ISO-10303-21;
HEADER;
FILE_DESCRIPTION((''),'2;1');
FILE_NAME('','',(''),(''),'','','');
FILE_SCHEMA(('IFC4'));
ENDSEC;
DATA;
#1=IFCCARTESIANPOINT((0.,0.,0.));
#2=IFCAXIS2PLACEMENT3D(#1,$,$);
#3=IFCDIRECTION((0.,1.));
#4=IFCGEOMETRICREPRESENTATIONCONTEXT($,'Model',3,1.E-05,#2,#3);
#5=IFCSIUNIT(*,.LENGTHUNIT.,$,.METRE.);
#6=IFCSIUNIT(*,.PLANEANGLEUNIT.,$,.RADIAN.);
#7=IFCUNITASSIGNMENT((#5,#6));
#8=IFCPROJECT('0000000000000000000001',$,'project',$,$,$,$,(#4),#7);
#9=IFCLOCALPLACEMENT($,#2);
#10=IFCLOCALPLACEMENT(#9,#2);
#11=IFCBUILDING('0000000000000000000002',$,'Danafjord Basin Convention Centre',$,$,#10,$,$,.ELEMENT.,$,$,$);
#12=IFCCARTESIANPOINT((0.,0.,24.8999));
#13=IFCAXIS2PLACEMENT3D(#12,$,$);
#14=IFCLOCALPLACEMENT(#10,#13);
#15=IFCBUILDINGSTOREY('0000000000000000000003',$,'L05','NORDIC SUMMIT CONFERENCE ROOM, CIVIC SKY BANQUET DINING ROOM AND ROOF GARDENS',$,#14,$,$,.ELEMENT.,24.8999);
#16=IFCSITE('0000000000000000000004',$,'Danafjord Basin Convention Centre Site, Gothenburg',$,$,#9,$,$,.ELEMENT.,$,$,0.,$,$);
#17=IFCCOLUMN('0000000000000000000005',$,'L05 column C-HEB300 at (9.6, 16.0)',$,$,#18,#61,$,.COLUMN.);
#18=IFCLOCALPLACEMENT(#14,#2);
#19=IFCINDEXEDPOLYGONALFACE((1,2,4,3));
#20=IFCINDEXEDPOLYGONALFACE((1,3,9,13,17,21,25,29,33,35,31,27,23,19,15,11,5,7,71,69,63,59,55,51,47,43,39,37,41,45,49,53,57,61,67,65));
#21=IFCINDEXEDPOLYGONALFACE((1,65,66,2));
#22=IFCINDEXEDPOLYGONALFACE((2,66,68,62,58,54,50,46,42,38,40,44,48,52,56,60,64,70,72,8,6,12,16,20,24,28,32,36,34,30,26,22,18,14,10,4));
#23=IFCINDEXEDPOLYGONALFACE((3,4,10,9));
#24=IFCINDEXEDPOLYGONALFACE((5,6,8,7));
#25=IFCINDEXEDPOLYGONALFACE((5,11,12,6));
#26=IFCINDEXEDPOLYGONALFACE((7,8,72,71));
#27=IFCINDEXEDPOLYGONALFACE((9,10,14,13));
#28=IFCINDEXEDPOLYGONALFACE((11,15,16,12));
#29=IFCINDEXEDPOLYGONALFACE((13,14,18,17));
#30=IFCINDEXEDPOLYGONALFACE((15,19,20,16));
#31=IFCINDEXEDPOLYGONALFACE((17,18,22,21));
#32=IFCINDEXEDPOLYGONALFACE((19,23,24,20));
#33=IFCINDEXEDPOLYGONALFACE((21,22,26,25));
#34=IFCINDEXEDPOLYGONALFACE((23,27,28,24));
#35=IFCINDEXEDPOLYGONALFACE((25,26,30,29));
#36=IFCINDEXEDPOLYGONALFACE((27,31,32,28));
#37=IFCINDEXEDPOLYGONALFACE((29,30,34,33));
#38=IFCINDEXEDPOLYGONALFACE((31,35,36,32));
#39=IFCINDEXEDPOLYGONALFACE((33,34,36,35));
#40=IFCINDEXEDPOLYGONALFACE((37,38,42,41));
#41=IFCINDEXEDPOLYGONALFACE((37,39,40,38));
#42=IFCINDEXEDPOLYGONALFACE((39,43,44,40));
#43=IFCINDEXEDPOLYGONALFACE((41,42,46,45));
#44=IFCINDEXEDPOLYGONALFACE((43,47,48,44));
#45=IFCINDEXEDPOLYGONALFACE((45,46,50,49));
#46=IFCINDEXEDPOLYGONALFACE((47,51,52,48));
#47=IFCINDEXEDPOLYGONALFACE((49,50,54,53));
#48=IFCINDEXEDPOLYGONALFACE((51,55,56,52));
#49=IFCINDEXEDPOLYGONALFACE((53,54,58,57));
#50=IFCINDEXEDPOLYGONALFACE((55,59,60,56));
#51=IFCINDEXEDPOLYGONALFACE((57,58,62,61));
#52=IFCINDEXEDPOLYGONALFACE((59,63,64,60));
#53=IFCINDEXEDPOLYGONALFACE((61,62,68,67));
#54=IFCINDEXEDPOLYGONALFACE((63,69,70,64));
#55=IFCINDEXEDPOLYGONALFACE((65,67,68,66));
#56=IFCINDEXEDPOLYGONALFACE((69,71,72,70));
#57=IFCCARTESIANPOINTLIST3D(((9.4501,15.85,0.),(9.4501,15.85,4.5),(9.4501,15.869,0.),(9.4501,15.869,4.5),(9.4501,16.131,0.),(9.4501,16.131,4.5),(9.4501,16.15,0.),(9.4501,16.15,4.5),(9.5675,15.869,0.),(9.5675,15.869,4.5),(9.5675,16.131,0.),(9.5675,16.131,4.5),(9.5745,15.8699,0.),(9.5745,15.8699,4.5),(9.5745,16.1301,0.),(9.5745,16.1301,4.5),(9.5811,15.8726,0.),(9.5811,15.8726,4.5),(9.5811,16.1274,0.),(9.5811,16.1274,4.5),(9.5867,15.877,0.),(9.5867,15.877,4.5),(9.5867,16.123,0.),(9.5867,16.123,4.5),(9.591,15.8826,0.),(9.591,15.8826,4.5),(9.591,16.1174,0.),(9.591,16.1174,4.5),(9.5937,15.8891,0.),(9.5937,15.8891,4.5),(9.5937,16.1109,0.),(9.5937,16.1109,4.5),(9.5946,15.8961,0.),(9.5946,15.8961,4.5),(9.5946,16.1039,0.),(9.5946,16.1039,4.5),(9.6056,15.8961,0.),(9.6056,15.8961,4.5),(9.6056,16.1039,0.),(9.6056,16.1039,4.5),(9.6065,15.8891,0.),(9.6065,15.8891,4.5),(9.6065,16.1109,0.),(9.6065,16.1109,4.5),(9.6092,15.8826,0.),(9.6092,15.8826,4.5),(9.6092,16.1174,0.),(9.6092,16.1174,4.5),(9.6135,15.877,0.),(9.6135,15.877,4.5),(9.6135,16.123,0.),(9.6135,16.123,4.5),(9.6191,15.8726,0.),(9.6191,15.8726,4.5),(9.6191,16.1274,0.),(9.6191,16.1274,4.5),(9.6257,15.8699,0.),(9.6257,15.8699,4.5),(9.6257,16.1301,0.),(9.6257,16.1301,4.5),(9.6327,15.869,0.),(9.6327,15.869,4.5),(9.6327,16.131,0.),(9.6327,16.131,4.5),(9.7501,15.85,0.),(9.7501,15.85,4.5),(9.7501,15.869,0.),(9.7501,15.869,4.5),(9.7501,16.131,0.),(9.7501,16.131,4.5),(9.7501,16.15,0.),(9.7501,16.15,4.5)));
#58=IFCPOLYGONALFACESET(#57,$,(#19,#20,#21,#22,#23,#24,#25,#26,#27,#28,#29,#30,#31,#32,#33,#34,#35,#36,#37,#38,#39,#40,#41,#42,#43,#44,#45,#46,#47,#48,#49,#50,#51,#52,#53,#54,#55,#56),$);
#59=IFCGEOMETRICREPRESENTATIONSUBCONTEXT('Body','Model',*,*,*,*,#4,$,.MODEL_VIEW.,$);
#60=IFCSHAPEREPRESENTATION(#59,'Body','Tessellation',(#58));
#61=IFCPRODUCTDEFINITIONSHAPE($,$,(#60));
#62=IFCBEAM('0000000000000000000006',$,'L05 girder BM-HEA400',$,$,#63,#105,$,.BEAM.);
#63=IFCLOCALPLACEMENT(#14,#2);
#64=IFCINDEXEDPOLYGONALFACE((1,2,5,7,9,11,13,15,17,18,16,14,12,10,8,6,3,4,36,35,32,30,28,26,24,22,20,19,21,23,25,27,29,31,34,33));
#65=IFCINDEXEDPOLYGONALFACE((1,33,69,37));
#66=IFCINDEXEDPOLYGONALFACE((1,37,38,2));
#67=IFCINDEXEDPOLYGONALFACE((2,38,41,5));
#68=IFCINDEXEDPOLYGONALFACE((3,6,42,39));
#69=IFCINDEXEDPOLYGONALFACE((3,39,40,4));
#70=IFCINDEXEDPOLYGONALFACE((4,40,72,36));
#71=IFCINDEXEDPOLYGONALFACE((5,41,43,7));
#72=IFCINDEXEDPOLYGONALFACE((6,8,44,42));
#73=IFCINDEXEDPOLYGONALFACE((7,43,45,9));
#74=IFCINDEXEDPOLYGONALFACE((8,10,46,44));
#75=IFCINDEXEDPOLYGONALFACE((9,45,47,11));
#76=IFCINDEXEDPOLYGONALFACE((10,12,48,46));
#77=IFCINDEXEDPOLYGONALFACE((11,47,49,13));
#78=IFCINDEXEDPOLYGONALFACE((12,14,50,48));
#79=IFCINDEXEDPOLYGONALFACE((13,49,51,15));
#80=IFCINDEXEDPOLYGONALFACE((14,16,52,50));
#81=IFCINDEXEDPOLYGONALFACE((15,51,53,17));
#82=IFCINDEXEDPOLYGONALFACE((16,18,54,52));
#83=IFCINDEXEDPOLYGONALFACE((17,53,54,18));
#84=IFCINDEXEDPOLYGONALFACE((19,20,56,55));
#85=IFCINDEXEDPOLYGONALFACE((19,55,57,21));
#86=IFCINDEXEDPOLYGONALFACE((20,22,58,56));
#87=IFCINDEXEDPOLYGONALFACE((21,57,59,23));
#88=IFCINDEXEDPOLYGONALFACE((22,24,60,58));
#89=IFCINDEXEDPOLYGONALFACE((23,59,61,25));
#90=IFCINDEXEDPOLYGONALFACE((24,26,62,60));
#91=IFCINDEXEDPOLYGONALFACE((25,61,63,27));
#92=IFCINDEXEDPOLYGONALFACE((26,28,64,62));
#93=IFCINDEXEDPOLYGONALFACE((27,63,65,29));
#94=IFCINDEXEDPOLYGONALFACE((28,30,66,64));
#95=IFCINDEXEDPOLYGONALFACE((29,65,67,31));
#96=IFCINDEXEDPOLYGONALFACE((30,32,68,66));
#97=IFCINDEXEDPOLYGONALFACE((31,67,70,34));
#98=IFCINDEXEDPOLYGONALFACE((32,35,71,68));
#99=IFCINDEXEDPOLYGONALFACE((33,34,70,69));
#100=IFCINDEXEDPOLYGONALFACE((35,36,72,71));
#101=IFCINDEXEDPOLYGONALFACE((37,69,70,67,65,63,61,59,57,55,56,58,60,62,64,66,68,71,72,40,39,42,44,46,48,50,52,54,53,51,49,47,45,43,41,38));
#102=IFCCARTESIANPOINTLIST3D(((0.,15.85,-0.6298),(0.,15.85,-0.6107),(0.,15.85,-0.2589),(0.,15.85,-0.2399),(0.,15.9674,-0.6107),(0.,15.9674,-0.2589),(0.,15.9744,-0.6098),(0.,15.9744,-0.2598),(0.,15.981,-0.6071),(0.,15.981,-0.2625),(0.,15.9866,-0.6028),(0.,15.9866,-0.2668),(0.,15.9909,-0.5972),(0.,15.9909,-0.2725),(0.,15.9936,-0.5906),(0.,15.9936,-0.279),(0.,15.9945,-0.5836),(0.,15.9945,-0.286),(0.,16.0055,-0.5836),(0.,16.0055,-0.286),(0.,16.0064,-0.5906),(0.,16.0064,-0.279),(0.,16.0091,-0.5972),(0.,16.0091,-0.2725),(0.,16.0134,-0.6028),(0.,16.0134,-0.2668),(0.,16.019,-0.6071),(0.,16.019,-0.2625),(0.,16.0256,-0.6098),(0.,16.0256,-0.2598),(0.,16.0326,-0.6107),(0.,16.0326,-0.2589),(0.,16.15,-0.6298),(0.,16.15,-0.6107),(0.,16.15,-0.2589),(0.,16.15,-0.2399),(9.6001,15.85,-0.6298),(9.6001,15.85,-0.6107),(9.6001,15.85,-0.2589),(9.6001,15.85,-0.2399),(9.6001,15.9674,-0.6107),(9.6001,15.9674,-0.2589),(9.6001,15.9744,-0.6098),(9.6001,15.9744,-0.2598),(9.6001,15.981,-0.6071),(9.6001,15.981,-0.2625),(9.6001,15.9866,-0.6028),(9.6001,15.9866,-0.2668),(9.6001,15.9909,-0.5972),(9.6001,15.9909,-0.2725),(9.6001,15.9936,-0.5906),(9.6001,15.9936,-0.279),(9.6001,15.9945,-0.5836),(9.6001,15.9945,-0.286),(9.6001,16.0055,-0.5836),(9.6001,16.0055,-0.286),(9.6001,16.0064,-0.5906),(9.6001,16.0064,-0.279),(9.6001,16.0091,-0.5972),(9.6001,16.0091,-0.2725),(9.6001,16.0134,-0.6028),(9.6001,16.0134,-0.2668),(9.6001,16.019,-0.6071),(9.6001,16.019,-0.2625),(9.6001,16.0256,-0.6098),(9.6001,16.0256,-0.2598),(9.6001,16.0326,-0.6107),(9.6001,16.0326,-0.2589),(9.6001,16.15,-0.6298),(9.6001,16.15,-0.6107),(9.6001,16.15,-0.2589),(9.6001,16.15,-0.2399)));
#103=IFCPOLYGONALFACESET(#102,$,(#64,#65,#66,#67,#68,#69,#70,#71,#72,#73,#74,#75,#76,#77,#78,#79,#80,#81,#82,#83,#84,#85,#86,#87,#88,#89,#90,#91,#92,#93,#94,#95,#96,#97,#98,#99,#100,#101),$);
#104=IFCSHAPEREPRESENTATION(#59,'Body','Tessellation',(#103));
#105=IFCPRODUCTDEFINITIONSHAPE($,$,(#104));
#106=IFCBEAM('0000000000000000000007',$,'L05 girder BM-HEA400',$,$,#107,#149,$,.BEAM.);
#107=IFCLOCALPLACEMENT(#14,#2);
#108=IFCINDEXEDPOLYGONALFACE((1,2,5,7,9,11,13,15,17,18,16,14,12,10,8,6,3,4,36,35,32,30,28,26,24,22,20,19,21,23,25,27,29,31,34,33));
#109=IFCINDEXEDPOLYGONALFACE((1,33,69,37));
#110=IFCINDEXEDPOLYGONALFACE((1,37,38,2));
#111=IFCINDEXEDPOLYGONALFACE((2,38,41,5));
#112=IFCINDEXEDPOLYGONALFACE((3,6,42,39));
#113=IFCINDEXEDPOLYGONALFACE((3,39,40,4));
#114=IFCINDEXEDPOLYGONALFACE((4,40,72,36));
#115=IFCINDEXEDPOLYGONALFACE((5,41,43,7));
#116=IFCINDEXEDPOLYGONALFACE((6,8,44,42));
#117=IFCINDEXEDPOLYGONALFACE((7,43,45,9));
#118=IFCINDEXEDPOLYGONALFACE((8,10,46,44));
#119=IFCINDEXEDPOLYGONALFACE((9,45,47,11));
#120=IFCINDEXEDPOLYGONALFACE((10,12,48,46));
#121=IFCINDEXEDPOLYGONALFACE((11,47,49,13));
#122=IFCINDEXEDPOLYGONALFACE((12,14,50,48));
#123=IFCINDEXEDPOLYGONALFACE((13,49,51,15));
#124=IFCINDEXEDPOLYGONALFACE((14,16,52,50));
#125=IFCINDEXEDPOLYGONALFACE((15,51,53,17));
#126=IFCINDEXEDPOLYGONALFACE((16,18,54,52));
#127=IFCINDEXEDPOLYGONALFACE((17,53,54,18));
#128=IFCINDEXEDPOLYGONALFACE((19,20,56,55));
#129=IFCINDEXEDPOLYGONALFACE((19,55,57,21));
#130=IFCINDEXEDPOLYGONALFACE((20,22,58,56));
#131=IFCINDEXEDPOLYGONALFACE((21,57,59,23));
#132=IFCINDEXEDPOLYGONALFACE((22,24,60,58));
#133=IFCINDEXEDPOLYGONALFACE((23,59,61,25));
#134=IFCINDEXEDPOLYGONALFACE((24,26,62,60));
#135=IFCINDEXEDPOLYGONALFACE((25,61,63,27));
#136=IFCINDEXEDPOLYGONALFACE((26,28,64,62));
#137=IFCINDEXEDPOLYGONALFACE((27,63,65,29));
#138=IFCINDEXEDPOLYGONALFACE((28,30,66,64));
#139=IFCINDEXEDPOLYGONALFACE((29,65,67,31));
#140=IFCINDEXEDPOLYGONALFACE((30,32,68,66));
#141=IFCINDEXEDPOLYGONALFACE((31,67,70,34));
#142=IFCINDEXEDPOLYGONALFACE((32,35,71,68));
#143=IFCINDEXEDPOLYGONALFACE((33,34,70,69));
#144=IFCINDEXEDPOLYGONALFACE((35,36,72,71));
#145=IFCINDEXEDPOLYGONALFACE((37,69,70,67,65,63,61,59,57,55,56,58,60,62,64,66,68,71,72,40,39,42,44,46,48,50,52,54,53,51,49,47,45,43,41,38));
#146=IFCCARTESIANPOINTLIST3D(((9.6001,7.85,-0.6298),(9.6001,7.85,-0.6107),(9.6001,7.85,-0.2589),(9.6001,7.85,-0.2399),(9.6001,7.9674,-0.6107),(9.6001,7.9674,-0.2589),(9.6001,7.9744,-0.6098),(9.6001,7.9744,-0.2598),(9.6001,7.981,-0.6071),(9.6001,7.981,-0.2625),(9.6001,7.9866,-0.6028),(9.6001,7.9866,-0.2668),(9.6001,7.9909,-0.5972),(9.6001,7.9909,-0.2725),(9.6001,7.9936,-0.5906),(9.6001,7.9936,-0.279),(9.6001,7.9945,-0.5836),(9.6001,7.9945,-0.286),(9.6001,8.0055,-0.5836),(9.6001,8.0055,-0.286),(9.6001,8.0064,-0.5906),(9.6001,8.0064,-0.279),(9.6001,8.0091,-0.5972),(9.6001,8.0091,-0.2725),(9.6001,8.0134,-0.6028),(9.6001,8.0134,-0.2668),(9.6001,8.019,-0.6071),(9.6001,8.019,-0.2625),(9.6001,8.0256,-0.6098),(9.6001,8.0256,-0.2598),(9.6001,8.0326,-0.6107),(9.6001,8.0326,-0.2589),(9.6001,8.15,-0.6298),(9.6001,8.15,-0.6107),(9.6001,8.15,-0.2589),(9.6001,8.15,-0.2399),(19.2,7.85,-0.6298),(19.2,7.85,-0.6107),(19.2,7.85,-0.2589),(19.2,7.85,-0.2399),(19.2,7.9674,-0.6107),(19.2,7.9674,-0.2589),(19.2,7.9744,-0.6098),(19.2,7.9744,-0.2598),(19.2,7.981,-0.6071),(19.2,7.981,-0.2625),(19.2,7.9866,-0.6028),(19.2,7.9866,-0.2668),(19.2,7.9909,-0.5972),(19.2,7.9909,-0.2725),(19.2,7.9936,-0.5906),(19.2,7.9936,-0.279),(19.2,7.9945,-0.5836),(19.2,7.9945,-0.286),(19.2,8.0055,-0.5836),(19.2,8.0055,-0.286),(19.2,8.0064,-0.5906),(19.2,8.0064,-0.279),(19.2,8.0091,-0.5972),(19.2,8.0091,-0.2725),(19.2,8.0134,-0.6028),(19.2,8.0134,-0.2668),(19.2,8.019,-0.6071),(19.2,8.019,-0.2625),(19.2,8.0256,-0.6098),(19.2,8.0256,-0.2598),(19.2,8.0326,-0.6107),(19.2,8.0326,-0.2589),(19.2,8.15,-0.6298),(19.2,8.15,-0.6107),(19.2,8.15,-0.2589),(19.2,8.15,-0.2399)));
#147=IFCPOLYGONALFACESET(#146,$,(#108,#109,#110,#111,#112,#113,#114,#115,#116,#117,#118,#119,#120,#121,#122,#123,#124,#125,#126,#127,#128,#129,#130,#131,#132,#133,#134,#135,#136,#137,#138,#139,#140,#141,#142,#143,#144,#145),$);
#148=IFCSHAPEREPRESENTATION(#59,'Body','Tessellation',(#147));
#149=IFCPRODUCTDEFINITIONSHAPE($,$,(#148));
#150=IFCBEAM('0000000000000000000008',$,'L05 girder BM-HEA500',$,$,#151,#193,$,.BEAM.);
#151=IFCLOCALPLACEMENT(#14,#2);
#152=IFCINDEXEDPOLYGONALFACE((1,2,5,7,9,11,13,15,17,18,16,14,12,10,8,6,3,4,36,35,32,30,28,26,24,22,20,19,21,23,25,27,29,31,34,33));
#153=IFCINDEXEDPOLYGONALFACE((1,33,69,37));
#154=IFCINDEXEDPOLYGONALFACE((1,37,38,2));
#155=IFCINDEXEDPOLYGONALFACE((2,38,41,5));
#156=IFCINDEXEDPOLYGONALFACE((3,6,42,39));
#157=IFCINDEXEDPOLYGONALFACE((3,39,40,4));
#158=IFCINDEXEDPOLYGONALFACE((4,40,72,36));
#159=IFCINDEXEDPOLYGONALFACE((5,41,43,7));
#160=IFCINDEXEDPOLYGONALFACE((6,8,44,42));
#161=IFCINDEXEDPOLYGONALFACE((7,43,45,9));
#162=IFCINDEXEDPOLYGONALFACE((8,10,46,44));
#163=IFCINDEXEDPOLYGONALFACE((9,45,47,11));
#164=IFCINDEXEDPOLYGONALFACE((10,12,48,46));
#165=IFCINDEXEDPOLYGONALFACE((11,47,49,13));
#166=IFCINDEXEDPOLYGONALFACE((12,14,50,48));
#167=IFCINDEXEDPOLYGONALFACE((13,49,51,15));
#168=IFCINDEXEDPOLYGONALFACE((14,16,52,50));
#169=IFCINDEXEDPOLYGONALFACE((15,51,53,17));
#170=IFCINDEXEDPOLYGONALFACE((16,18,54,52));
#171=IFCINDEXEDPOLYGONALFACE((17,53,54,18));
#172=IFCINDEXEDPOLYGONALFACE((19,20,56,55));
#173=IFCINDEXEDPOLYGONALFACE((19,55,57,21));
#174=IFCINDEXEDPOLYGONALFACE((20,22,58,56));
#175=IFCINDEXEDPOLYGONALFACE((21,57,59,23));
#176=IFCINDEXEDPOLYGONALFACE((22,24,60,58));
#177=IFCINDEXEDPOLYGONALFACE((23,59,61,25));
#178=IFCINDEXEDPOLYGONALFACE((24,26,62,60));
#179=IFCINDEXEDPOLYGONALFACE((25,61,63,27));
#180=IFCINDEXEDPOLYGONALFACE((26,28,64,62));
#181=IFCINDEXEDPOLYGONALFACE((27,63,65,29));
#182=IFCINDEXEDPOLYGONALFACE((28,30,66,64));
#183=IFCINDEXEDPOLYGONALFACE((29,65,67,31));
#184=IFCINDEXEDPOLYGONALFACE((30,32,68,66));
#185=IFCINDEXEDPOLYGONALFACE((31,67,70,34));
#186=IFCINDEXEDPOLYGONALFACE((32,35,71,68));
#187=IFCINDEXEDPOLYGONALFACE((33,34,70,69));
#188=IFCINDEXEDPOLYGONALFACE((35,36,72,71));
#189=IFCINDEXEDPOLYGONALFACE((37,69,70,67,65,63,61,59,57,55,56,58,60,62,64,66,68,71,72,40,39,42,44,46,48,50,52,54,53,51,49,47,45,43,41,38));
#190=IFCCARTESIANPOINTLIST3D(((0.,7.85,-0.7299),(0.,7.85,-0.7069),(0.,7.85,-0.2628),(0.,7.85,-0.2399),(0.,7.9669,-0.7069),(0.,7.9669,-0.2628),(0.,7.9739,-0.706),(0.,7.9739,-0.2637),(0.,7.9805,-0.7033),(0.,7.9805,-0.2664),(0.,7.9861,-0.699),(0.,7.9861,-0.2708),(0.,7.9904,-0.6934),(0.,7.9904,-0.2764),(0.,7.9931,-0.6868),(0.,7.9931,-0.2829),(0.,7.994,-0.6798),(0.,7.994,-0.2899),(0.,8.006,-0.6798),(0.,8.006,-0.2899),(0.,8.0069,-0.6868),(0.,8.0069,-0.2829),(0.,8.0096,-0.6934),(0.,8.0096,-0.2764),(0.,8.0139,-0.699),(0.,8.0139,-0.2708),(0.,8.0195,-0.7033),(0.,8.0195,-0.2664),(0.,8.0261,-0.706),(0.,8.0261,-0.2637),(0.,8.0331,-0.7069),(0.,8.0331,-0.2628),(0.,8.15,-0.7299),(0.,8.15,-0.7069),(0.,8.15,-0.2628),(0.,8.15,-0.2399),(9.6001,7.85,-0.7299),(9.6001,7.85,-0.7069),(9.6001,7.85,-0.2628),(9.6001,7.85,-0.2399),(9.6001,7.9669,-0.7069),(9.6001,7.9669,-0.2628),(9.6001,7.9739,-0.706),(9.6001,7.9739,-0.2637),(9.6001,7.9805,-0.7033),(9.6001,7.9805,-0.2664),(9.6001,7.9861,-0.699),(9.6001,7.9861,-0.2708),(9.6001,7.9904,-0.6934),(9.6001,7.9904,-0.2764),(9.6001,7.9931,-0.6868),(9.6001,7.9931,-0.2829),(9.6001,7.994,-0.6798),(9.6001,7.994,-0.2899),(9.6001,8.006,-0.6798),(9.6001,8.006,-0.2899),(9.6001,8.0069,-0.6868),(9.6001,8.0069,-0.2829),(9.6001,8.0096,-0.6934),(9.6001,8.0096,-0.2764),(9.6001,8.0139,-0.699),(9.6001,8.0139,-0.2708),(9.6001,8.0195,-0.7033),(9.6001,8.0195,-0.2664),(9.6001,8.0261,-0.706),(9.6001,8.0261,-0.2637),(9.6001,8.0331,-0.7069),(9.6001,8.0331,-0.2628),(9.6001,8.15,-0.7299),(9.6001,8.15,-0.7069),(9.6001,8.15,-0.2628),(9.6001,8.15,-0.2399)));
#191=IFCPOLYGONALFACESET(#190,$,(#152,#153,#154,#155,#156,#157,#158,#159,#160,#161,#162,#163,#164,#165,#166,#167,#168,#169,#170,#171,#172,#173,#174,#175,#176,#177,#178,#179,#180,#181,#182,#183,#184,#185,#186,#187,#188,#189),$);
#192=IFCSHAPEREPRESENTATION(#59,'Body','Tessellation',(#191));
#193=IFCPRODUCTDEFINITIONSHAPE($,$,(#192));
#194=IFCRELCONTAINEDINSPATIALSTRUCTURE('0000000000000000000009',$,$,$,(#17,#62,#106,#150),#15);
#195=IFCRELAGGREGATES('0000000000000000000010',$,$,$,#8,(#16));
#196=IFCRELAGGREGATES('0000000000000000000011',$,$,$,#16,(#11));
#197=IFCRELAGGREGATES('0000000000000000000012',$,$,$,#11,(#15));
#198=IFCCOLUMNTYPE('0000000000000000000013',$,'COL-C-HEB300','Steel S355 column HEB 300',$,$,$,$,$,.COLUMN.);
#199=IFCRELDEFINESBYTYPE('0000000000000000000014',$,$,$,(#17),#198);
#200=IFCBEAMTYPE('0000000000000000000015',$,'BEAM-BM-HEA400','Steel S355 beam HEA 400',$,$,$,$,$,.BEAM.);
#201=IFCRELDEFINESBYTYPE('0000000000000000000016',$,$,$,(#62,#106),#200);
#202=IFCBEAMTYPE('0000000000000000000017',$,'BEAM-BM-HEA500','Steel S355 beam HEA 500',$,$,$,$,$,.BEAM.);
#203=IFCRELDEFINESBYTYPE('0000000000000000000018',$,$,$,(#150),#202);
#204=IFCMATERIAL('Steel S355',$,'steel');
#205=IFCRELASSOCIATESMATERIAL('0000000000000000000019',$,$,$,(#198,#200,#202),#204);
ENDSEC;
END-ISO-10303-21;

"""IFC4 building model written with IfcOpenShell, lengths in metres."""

from ifc_helpers import new_model, si_unit, direction, frame, origin, origin_2d, place, context, subcontext, project, spatial, i_section, extrude, material, material_profile, profile_set, type_object, element, save


model = new_model("IFC4")

# Units and contexts
model_context = context("Model", 3, precision=1e-05, world=origin(), true_north=direction((0.0, 1.0)))
body_context = subcontext(model_context, "Body", "Model", "MODEL_VIEW")
ifc_project = project(units=[si_unit("LENGTHUNIT", "METRE"), si_unit("PLANEANGLEUNIT", "RADIAN")], contexts=[model_context])

# Site, building, storey
site_placement = place(None, origin())
site = spatial("IfcSite", under=ifc_project, at=site_placement, Name="Danafjord Basin Convention Centre Site, Gothenburg", CompositionType="ELEMENT", RefElevation=0.0)
building_placement = place(site_placement, origin())
building = spatial("IfcBuilding", under=site, at=building_placement, Name="Danafjord Basin Convention Centre", CompositionType="ELEMENT")
storey_placement = place(building_placement, frame((0.0, 0.0, 24.8999)))
storey = spatial("IfcBuildingStorey", under=building, at=storey_placement, Name="L05", Description="NORDIC SUMMIT CONFERENCE ROOM, CIVIC SKY BANQUET DINING ROOM AND ROOF GARDENS", CompositionType="ELEMENT", Elevation=24.8999)

# Column
ifc_material_1 = material(Name="Steel S355", Category="steel")
ifc_material_profile_1 = material_profile(ifc_material_1, i_section(OverallWidth=0.3, OverallDepth=0.3, WebThickness=0.011, FlangeThickness=0.019, FilletRadius=0.0271, at=origin_2d()), Name="HEB 300")
ifc_profile_set_1 = profile_set([ifc_material_profile_1], Name="Steel S355")
column_type = type_object("IfcColumnType", Name="COL-C-HEB300", Description="Steel S355 column HEB 300", PredefinedType="COLUMN", material=ifc_profile_set_1)
column_placement = place(storey_placement, frame((9.6001, 16.0, 0.0), z_axis=(0.0, 0.0, 1.0), x_axis=(1.0, 0.0, 0.0)))
element("IfcColumn", 1, at=column_placement, inside=storey, type_object=column_type, Name="L05 column C-HEB300 at (9.6, 16.0)", PredefinedType="COLUMN", context=body_context, shape_type="SweptSolid", body=[
    extrude(i_section(OverallWidth=0.3, OverallDepth=0.3, WebThickness=0.011, FlangeThickness=0.019, FilletRadius=0.0271, at=origin_2d()), origin(), (0.0, 0.0, 1.0), 4.5),
])

# Beams
ifc_material_profile_2 = material_profile(ifc_material_1, i_section(OverallWidth=0.3, OverallDepth=0.3899, WebThickness=0.011, FlangeThickness=0.019, FilletRadius=0.0271, at=origin_2d()), Name="HEA 400")
ifc_profile_set_2 = profile_set([ifc_material_profile_2], Name="Steel S355")
beam_type_1 = type_object("IfcBeamType", Name="BEAM-BM-HEA400", Description="Steel S355 beam HEA 400", PredefinedType="BEAM", material=ifc_profile_set_2)
beam_1_placement = place(storey_placement, frame((0.0, 16.0, -0.4348), z_axis=(1.0, 0.0, 0.0), x_axis=(0.0, 1.0, 0.0)))
element("IfcBeam", 2, at=beam_1_placement, inside=storey, type_object=beam_type_1, Name="L05 girder BM-HEA400", PredefinedType="BEAM", context=body_context, shape_type="SweptSolid", body=[
    extrude(i_section(OverallWidth=0.3, OverallDepth=0.3899, WebThickness=0.011, FlangeThickness=0.019, FilletRadius=0.0271, at=origin_2d()), origin(), (0.0, 0.0, 1.0), 9.6001),
])
beam_2_placement = place(storey_placement, frame((9.6001, 8.0, -0.4348), z_axis=(1.0, 0.0, 0.0), x_axis=(0.0, 1.0, 0.0)))
element("IfcBeam", 3, at=beam_2_placement, inside=storey, type_object=beam_type_1, Name="L05 girder BM-HEA400", PredefinedType="BEAM", context=body_context, shape_type="SweptSolid", body=[
    extrude(i_section(OverallWidth=0.3, OverallDepth=0.3899, WebThickness=0.011, FlangeThickness=0.019, FilletRadius=0.0271, at=origin_2d()), origin(), (0.0, 0.0, 1.0), 9.5999),
])
ifc_material_profile_3 = material_profile(ifc_material_1, i_section(OverallWidth=0.3, OverallDepth=0.49, WebThickness=0.012, FlangeThickness=0.0229, FilletRadius=0.0271, at=origin_2d()), Name="HEA 500")
ifc_profile_set_3 = profile_set([ifc_material_profile_3], Name="Steel S355")
beam_type_2 = type_object("IfcBeamType", Name="BEAM-BM-HEA500", Description="Steel S355 beam HEA 500", PredefinedType="BEAM", material=ifc_profile_set_3)
beam_3_placement = place(storey_placement, frame((0.0, 8.0, -0.4849), z_axis=(1.0, 0.0, 0.0), x_axis=(0.0, 1.0, 0.0)))
element("IfcBeam", 4, at=beam_3_placement, inside=storey, type_object=beam_type_2, Name="L05 girder BM-HEA500", PredefinedType="BEAM", context=body_context, shape_type="SweptSolid", body=[
    extrude(i_section(OverallWidth=0.3, OverallDepth=0.49, WebThickness=0.012, FlangeThickness=0.0229, FilletRadius=0.0271, at=origin_2d()), origin(), (0.0, 0.0, 1.0), 9.6001),
])

save(model, "model.ifc")
